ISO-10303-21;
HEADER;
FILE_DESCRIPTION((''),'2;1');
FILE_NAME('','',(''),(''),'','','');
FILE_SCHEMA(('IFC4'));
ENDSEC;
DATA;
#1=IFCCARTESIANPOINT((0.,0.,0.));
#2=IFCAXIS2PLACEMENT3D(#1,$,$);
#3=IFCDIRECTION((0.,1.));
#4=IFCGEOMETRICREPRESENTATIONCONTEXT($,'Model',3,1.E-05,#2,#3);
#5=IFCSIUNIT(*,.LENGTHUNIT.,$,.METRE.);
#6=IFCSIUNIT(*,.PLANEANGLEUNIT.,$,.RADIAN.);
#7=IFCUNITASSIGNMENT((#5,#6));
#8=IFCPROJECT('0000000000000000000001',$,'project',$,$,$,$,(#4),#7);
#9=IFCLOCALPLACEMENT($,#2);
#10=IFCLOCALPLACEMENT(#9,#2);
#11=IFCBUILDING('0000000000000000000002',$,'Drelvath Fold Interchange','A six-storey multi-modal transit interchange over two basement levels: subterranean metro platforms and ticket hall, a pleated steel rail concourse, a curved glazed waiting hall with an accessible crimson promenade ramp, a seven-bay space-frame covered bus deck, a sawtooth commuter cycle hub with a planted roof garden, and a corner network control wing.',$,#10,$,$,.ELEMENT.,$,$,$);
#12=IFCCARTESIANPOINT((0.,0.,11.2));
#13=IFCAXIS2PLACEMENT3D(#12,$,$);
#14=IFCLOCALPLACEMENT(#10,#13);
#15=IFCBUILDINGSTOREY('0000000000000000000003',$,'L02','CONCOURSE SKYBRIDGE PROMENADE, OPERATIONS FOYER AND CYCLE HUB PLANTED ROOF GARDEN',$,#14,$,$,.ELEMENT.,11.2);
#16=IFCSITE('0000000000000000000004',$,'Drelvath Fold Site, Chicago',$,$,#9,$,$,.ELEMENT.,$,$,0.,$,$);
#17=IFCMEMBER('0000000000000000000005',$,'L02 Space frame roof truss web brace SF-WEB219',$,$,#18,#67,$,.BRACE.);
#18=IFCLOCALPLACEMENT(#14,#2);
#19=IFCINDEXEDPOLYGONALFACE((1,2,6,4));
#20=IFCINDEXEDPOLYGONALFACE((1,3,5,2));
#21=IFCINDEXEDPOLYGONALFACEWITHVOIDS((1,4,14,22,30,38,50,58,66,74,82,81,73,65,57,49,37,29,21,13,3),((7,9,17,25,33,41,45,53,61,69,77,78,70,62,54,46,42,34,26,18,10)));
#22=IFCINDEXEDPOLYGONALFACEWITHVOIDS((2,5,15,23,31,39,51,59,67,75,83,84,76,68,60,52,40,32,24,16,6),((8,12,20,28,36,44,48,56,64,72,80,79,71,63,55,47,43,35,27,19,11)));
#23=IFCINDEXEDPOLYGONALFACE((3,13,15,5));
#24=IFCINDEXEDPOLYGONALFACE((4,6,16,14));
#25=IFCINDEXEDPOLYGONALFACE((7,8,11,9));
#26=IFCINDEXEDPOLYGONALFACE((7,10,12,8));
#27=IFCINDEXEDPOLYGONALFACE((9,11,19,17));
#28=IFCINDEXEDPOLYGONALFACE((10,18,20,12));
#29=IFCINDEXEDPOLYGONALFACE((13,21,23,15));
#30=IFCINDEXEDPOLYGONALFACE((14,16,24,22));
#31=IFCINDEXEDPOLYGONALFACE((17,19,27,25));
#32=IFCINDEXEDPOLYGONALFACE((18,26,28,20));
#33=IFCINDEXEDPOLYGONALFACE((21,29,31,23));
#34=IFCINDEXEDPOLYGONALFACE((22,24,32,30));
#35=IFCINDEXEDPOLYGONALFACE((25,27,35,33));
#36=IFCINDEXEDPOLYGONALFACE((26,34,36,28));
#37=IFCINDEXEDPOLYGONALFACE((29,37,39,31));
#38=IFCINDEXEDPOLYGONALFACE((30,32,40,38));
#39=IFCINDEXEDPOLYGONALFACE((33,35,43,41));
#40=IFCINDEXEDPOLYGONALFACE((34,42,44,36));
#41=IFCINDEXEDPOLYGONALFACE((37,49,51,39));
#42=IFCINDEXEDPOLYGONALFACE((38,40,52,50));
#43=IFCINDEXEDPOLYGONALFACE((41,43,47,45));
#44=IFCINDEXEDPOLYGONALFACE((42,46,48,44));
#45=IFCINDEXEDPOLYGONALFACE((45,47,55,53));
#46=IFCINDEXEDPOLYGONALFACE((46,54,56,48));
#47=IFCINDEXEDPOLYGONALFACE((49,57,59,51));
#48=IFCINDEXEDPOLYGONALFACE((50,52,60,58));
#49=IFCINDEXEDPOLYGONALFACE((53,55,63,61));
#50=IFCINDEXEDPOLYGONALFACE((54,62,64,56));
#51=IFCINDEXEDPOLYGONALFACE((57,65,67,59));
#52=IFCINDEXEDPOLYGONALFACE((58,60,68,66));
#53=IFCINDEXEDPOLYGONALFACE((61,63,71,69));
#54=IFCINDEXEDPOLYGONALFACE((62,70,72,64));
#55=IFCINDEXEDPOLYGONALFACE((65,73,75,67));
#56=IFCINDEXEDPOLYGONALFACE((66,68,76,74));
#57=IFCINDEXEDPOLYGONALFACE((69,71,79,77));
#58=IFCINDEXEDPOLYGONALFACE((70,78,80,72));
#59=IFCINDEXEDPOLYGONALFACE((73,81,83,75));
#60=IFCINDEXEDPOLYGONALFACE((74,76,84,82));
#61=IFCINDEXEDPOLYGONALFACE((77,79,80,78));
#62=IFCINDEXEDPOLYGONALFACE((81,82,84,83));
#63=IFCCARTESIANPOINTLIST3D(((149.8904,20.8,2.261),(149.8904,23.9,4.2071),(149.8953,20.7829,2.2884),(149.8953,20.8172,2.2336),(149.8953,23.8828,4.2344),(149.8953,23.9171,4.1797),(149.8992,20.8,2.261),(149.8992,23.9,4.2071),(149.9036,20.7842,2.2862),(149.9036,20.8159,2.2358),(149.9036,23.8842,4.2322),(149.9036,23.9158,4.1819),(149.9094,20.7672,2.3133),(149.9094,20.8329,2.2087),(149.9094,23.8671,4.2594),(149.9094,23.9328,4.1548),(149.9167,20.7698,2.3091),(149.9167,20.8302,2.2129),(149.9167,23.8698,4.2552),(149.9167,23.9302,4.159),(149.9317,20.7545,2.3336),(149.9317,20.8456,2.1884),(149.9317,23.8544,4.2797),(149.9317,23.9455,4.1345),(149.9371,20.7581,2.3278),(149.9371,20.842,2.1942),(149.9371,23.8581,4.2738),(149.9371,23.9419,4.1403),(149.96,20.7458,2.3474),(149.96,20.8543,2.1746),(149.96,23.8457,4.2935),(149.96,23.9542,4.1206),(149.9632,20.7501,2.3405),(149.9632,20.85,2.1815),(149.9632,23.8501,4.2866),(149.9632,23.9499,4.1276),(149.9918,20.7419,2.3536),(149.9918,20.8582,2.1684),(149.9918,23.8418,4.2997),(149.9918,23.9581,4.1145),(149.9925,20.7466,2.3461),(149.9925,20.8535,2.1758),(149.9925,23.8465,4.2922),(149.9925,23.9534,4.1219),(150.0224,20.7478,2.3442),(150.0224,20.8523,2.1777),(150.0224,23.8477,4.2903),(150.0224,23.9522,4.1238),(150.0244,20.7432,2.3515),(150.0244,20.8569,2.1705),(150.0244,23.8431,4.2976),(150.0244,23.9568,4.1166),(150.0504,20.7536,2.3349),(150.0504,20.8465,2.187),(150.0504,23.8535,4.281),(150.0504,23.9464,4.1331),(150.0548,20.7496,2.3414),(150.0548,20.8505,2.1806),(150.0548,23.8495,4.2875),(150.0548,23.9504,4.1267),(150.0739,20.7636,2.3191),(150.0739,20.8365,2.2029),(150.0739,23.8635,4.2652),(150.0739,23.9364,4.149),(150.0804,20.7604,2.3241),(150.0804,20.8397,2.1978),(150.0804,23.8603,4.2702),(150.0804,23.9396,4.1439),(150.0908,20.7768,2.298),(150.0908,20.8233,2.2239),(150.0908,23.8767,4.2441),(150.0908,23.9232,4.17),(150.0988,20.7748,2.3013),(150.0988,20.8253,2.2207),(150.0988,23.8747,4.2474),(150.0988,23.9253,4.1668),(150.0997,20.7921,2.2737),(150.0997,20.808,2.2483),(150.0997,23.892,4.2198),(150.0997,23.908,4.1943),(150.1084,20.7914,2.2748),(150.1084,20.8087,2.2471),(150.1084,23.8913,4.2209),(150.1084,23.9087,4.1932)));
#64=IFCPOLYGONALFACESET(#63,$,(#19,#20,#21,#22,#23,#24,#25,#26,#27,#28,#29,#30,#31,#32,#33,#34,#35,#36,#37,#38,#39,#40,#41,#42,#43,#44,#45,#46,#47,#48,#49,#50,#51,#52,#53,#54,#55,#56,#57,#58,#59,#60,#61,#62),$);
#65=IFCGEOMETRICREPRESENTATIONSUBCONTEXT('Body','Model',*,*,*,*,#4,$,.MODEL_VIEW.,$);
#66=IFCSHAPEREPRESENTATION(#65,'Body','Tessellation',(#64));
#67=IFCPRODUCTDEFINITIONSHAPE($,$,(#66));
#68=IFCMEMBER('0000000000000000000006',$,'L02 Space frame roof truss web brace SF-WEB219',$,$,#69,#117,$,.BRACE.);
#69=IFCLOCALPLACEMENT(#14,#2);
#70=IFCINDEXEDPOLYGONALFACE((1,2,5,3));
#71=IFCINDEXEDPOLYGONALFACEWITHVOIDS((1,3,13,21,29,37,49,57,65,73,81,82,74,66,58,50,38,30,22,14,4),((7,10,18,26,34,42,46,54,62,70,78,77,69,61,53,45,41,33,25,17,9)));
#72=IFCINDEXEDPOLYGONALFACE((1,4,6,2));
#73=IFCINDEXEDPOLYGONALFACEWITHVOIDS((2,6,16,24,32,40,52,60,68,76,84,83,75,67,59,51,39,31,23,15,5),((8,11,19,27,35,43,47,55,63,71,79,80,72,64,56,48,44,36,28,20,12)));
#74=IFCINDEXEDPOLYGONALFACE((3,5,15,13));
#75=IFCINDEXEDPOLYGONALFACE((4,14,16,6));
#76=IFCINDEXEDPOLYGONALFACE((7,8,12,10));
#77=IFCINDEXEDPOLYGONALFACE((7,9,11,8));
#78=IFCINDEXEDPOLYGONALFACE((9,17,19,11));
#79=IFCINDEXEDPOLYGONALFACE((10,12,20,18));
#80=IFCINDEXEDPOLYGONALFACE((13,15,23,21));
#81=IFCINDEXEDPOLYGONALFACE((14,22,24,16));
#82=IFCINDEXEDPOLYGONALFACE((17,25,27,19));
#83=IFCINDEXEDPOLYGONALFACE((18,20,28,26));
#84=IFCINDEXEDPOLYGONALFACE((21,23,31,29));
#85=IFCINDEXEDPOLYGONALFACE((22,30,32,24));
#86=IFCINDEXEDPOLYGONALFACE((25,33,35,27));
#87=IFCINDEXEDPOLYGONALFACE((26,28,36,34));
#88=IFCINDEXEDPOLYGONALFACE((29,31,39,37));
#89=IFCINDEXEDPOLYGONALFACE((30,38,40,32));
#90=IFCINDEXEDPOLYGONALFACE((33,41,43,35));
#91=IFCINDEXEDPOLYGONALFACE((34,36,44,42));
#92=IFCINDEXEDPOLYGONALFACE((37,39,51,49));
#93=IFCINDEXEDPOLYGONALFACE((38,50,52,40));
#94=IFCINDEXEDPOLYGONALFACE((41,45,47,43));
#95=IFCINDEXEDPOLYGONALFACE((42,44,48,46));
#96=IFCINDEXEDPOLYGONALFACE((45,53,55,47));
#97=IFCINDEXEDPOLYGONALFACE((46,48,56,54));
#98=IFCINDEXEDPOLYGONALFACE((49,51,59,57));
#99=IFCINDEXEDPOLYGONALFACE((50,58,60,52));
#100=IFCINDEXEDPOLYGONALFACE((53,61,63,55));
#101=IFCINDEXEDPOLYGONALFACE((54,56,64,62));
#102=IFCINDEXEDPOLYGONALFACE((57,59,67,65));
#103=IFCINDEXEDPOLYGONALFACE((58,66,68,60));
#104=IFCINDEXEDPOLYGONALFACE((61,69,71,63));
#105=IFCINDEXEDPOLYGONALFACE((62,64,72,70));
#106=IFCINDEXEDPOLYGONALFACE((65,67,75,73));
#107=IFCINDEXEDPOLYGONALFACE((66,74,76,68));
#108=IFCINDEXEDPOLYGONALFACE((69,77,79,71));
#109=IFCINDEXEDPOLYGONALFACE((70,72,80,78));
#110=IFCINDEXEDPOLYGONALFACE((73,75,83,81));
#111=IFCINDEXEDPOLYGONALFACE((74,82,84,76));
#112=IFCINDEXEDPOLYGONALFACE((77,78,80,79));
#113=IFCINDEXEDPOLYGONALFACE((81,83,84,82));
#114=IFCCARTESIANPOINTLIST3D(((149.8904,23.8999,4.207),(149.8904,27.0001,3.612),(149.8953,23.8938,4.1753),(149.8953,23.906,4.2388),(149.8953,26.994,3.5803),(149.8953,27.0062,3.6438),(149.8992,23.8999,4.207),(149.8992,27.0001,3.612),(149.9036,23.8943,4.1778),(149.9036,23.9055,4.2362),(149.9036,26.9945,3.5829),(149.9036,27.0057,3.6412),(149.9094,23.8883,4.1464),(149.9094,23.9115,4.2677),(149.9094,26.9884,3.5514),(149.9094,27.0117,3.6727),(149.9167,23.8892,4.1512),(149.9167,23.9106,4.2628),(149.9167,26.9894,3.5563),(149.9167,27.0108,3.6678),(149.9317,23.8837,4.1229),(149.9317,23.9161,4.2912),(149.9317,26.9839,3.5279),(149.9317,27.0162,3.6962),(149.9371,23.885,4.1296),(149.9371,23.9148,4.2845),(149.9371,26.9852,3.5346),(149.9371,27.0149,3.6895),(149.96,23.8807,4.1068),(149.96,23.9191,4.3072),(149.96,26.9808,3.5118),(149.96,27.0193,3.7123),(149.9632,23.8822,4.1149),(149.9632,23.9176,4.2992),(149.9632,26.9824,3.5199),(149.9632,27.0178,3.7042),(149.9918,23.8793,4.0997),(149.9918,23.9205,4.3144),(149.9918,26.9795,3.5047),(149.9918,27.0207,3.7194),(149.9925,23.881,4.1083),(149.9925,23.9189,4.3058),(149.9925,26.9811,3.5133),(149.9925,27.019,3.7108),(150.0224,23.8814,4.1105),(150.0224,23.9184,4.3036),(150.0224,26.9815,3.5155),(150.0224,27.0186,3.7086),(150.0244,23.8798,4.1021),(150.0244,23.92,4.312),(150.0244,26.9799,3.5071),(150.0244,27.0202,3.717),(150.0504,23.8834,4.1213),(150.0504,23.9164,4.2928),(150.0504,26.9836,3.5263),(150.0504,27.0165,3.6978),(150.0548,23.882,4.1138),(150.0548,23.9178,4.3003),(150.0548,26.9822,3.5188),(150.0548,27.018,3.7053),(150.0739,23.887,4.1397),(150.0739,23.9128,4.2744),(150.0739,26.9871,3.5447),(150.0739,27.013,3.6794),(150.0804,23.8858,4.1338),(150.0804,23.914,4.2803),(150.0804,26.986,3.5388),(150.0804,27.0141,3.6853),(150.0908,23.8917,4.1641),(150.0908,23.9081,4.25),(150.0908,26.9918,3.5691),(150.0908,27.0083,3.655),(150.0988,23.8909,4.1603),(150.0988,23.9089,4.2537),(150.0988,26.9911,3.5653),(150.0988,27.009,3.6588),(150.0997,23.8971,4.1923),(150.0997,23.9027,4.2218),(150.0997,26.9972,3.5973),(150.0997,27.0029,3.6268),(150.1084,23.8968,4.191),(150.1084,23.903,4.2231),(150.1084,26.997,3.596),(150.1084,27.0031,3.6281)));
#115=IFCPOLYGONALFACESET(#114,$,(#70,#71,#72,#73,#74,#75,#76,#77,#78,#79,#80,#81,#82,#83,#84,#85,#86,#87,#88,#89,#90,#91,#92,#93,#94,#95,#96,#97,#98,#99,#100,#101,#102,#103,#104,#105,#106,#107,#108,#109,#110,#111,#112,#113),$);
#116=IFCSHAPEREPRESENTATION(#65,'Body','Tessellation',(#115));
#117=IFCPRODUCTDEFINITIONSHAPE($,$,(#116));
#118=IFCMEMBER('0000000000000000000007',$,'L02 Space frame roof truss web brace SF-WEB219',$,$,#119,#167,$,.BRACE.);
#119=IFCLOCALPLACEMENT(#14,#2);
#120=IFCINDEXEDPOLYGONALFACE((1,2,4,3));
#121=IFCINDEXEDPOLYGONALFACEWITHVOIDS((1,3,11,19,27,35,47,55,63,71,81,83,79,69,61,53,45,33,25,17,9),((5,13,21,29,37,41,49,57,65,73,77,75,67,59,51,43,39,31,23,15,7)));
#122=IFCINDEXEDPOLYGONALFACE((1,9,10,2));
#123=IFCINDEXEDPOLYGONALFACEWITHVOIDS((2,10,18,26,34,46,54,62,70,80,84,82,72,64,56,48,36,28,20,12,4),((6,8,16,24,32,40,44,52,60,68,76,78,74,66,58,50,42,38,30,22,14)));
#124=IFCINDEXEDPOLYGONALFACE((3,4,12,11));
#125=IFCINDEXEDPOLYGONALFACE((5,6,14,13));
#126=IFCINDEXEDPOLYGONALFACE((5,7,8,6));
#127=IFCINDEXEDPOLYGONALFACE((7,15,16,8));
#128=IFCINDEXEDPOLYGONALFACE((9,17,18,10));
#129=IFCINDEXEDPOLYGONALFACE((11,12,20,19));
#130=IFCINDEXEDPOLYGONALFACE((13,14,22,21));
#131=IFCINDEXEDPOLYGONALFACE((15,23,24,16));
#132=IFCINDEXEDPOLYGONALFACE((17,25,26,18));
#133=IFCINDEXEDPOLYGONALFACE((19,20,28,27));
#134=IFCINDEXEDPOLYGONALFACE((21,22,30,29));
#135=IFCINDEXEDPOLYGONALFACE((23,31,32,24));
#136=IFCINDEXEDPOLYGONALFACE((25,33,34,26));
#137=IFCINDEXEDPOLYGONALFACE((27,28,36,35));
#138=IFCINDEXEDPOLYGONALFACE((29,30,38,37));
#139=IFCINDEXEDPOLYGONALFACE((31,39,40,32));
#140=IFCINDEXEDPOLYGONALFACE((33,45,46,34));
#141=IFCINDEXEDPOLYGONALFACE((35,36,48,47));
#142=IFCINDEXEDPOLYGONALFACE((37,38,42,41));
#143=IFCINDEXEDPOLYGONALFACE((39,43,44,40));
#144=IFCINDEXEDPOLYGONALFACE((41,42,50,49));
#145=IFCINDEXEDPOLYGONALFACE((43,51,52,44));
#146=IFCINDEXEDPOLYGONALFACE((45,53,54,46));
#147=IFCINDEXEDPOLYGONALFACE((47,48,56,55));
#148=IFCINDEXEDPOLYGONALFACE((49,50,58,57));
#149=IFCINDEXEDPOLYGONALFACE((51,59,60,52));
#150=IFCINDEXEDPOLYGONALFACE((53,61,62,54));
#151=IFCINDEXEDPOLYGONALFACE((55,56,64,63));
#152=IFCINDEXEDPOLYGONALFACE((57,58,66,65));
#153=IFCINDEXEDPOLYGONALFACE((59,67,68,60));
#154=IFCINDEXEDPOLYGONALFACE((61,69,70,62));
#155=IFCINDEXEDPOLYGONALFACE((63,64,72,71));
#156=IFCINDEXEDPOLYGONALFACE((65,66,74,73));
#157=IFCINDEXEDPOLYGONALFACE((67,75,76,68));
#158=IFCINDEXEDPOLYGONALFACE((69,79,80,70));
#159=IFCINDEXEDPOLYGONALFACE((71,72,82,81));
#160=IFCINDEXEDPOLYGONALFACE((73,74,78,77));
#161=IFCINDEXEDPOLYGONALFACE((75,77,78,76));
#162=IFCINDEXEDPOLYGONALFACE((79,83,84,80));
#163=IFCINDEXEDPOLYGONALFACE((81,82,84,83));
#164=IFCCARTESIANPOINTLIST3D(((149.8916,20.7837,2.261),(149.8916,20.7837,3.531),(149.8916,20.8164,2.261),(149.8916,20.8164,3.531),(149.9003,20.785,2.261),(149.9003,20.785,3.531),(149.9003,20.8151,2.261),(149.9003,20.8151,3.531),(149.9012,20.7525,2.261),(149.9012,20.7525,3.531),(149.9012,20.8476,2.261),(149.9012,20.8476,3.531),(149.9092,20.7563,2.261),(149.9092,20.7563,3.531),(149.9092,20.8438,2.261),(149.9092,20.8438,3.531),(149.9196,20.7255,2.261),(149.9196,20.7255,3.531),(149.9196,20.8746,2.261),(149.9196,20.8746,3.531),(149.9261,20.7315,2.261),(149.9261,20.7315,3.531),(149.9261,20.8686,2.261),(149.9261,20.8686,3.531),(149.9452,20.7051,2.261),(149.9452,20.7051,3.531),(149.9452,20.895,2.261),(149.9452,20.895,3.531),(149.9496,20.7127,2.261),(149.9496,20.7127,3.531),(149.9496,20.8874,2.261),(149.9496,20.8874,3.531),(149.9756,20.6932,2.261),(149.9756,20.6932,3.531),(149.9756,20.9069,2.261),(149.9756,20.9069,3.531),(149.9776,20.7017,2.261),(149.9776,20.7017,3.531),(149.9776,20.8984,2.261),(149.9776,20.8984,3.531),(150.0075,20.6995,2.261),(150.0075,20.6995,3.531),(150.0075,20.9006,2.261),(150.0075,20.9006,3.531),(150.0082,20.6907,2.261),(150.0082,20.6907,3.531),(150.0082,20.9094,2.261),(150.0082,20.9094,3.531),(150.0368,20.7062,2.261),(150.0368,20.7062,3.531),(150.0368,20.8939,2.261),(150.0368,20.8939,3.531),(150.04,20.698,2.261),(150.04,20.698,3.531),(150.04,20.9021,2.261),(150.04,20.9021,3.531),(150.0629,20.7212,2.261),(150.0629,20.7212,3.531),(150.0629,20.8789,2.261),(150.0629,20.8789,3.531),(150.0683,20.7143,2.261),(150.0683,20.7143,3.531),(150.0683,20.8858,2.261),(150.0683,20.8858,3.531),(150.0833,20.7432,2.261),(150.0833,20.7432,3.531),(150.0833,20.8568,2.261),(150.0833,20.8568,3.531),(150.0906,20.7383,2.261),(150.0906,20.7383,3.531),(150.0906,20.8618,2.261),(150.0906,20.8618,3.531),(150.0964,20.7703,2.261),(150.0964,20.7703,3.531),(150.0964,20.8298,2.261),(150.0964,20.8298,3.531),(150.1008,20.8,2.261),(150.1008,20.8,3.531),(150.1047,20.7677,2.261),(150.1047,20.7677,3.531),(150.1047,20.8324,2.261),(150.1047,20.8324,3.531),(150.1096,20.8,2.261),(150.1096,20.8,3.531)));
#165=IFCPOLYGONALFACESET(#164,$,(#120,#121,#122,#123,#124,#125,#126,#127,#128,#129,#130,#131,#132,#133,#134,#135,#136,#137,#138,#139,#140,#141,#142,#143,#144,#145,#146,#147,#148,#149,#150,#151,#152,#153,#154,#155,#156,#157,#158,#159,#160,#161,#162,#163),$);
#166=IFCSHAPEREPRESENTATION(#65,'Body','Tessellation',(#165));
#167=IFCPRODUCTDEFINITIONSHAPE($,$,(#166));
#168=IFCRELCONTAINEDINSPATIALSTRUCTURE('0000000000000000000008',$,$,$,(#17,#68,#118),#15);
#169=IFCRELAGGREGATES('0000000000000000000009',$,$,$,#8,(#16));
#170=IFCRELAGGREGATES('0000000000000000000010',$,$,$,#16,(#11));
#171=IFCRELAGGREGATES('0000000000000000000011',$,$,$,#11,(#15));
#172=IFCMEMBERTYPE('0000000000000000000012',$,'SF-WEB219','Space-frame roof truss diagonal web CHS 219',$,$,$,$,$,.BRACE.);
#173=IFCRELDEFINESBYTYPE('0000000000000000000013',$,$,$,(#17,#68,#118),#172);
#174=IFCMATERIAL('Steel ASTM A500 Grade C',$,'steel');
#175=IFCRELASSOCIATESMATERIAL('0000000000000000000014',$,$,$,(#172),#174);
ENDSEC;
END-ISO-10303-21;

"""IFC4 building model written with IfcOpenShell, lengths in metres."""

from ifc_helpers import new_model, si_unit, direction, frame, origin, origin_2d, place, context, subcontext, project, spatial, hollow_circle, extrude, material, material_profile, profile_set, type_object, element, save


model = new_model("IFC4")

# Units and contexts
model_context = context("Model", 3, precision=1e-05, world=origin(), true_north=direction((0.0, 1.0)))
body_context = subcontext(model_context, "Body", "Model", "MODEL_VIEW")
ifc_project = project(units=[si_unit("LENGTHUNIT", "METRE"), si_unit("PLANEANGLEUNIT", "RADIAN")], contexts=[model_context])

# Site, building, storey
site_placement = place(None, origin())
site = spatial("IfcSite", under=ifc_project, at=site_placement, Name="Drelvath Fold Site, Chicago", CompositionType="ELEMENT", RefElevation=0.0)
building_placement = place(site_placement, origin())
building = spatial("IfcBuilding", under=site, at=building_placement, Name="Drelvath Fold Interchange", Description="A six-storey multi-modal transit interchange over two basement levels: subterranean metro platforms and ticket hall, a pleated steel rail concourse, a curved glazed waiting hall with an accessible crimson promenade ramp, a seven-bay space-frame covered bus deck, a sawtooth commuter cycle hub with a planted roof garden, and a corner network control wing.", CompositionType="ELEMENT")
storey_placement = place(building_placement, frame((0.0, 0.0, 11.2)))
storey = spatial("IfcBuildingStorey", under=building, at=storey_placement, Name="L02", Description="CONCOURSE SKYBRIDGE PROMENADE, OPERATIONS FOYER AND CYCLE HUB PLANTED ROOF GARDEN", CompositionType="ELEMENT", Elevation=11.2)

# Shared definitions
ifc_material_1 = material(Name="Steel ASTM A500 Grade C", Category="steel")

# Members
ifc_material_profile_1 = material_profile(ifc_material_1, hollow_circle(Radius=0.1096, WallThickness=0.0088, at=origin_2d()), Name="HSS8.625X0.375")
ifc_profile_set_1 = profile_set([ifc_material_profile_1], Name="Steel ASTM A500 Grade C")
member_type_1 = type_object("IfcMemberType", Name="SF-WEB219", Description="Space-frame roof truss diagonal web CHS 219", PredefinedType="BRACE", material=ifc_profile_set_1)
member_1_placement = place(storey_placement, frame((150.0, 20.8, 2.261), z_axis=(0.0, 0.846936, 0.531695), x_axis=(-1.0, 0.0, 0.0)))
element("IfcMember", 1, at=member_1_placement, inside=storey, type_object=member_type_1, Name="L02 Space frame roof truss web brace SF-WEB219", PredefinedType="BRACE", context=body_context, shape_type="SweptSolid", body=[
    extrude(hollow_circle(Radius=0.1096, WallThickness=0.0088, at=origin_2d()), origin(), (0.0, 0.0, 1.0), 3.6602),
])
member_2_placement = place(storey_placement, frame((150.0, 23.8999, 4.207), z_axis=(0.0, 0.982077, -0.18848), x_axis=(-1.0, 0.0, 0.0)))
element("IfcMember", 2, at=member_2_placement, inside=storey, type_object=member_type_1, Name="L02 Space frame roof truss web brace SF-WEB219", PredefinedType="BRACE", context=body_context, shape_type="SweptSolid", body=[
    extrude(hollow_circle(Radius=0.1096, WallThickness=0.0088, at=origin_2d()), origin(), (0.0, 0.0, 1.0), 3.1567),
])
for number, where, z_axis, x_axis, name in (
    (3, (150.0, 20.8, 2.261), (0.0, 0.0, 1.0), (1.0, 0.0, 0.0), "L02 Space frame roof truss web brace SF-WEB219"),
):
    element("IfcMember", number, at=place(storey_placement, frame(where, z_axis=z_axis, x_axis=x_axis)), inside=storey, type_object=member_type_1, Name=name, PredefinedType="BRACE", context=body_context, shape_type="SweptSolid", body=[
        extrude(hollow_circle(Radius=0.1096, WallThickness=0.0088, at=origin_2d()), origin(), (0.0, 0.0, 1.0), 1.27),
    ])

save(model, "model.ifc")
